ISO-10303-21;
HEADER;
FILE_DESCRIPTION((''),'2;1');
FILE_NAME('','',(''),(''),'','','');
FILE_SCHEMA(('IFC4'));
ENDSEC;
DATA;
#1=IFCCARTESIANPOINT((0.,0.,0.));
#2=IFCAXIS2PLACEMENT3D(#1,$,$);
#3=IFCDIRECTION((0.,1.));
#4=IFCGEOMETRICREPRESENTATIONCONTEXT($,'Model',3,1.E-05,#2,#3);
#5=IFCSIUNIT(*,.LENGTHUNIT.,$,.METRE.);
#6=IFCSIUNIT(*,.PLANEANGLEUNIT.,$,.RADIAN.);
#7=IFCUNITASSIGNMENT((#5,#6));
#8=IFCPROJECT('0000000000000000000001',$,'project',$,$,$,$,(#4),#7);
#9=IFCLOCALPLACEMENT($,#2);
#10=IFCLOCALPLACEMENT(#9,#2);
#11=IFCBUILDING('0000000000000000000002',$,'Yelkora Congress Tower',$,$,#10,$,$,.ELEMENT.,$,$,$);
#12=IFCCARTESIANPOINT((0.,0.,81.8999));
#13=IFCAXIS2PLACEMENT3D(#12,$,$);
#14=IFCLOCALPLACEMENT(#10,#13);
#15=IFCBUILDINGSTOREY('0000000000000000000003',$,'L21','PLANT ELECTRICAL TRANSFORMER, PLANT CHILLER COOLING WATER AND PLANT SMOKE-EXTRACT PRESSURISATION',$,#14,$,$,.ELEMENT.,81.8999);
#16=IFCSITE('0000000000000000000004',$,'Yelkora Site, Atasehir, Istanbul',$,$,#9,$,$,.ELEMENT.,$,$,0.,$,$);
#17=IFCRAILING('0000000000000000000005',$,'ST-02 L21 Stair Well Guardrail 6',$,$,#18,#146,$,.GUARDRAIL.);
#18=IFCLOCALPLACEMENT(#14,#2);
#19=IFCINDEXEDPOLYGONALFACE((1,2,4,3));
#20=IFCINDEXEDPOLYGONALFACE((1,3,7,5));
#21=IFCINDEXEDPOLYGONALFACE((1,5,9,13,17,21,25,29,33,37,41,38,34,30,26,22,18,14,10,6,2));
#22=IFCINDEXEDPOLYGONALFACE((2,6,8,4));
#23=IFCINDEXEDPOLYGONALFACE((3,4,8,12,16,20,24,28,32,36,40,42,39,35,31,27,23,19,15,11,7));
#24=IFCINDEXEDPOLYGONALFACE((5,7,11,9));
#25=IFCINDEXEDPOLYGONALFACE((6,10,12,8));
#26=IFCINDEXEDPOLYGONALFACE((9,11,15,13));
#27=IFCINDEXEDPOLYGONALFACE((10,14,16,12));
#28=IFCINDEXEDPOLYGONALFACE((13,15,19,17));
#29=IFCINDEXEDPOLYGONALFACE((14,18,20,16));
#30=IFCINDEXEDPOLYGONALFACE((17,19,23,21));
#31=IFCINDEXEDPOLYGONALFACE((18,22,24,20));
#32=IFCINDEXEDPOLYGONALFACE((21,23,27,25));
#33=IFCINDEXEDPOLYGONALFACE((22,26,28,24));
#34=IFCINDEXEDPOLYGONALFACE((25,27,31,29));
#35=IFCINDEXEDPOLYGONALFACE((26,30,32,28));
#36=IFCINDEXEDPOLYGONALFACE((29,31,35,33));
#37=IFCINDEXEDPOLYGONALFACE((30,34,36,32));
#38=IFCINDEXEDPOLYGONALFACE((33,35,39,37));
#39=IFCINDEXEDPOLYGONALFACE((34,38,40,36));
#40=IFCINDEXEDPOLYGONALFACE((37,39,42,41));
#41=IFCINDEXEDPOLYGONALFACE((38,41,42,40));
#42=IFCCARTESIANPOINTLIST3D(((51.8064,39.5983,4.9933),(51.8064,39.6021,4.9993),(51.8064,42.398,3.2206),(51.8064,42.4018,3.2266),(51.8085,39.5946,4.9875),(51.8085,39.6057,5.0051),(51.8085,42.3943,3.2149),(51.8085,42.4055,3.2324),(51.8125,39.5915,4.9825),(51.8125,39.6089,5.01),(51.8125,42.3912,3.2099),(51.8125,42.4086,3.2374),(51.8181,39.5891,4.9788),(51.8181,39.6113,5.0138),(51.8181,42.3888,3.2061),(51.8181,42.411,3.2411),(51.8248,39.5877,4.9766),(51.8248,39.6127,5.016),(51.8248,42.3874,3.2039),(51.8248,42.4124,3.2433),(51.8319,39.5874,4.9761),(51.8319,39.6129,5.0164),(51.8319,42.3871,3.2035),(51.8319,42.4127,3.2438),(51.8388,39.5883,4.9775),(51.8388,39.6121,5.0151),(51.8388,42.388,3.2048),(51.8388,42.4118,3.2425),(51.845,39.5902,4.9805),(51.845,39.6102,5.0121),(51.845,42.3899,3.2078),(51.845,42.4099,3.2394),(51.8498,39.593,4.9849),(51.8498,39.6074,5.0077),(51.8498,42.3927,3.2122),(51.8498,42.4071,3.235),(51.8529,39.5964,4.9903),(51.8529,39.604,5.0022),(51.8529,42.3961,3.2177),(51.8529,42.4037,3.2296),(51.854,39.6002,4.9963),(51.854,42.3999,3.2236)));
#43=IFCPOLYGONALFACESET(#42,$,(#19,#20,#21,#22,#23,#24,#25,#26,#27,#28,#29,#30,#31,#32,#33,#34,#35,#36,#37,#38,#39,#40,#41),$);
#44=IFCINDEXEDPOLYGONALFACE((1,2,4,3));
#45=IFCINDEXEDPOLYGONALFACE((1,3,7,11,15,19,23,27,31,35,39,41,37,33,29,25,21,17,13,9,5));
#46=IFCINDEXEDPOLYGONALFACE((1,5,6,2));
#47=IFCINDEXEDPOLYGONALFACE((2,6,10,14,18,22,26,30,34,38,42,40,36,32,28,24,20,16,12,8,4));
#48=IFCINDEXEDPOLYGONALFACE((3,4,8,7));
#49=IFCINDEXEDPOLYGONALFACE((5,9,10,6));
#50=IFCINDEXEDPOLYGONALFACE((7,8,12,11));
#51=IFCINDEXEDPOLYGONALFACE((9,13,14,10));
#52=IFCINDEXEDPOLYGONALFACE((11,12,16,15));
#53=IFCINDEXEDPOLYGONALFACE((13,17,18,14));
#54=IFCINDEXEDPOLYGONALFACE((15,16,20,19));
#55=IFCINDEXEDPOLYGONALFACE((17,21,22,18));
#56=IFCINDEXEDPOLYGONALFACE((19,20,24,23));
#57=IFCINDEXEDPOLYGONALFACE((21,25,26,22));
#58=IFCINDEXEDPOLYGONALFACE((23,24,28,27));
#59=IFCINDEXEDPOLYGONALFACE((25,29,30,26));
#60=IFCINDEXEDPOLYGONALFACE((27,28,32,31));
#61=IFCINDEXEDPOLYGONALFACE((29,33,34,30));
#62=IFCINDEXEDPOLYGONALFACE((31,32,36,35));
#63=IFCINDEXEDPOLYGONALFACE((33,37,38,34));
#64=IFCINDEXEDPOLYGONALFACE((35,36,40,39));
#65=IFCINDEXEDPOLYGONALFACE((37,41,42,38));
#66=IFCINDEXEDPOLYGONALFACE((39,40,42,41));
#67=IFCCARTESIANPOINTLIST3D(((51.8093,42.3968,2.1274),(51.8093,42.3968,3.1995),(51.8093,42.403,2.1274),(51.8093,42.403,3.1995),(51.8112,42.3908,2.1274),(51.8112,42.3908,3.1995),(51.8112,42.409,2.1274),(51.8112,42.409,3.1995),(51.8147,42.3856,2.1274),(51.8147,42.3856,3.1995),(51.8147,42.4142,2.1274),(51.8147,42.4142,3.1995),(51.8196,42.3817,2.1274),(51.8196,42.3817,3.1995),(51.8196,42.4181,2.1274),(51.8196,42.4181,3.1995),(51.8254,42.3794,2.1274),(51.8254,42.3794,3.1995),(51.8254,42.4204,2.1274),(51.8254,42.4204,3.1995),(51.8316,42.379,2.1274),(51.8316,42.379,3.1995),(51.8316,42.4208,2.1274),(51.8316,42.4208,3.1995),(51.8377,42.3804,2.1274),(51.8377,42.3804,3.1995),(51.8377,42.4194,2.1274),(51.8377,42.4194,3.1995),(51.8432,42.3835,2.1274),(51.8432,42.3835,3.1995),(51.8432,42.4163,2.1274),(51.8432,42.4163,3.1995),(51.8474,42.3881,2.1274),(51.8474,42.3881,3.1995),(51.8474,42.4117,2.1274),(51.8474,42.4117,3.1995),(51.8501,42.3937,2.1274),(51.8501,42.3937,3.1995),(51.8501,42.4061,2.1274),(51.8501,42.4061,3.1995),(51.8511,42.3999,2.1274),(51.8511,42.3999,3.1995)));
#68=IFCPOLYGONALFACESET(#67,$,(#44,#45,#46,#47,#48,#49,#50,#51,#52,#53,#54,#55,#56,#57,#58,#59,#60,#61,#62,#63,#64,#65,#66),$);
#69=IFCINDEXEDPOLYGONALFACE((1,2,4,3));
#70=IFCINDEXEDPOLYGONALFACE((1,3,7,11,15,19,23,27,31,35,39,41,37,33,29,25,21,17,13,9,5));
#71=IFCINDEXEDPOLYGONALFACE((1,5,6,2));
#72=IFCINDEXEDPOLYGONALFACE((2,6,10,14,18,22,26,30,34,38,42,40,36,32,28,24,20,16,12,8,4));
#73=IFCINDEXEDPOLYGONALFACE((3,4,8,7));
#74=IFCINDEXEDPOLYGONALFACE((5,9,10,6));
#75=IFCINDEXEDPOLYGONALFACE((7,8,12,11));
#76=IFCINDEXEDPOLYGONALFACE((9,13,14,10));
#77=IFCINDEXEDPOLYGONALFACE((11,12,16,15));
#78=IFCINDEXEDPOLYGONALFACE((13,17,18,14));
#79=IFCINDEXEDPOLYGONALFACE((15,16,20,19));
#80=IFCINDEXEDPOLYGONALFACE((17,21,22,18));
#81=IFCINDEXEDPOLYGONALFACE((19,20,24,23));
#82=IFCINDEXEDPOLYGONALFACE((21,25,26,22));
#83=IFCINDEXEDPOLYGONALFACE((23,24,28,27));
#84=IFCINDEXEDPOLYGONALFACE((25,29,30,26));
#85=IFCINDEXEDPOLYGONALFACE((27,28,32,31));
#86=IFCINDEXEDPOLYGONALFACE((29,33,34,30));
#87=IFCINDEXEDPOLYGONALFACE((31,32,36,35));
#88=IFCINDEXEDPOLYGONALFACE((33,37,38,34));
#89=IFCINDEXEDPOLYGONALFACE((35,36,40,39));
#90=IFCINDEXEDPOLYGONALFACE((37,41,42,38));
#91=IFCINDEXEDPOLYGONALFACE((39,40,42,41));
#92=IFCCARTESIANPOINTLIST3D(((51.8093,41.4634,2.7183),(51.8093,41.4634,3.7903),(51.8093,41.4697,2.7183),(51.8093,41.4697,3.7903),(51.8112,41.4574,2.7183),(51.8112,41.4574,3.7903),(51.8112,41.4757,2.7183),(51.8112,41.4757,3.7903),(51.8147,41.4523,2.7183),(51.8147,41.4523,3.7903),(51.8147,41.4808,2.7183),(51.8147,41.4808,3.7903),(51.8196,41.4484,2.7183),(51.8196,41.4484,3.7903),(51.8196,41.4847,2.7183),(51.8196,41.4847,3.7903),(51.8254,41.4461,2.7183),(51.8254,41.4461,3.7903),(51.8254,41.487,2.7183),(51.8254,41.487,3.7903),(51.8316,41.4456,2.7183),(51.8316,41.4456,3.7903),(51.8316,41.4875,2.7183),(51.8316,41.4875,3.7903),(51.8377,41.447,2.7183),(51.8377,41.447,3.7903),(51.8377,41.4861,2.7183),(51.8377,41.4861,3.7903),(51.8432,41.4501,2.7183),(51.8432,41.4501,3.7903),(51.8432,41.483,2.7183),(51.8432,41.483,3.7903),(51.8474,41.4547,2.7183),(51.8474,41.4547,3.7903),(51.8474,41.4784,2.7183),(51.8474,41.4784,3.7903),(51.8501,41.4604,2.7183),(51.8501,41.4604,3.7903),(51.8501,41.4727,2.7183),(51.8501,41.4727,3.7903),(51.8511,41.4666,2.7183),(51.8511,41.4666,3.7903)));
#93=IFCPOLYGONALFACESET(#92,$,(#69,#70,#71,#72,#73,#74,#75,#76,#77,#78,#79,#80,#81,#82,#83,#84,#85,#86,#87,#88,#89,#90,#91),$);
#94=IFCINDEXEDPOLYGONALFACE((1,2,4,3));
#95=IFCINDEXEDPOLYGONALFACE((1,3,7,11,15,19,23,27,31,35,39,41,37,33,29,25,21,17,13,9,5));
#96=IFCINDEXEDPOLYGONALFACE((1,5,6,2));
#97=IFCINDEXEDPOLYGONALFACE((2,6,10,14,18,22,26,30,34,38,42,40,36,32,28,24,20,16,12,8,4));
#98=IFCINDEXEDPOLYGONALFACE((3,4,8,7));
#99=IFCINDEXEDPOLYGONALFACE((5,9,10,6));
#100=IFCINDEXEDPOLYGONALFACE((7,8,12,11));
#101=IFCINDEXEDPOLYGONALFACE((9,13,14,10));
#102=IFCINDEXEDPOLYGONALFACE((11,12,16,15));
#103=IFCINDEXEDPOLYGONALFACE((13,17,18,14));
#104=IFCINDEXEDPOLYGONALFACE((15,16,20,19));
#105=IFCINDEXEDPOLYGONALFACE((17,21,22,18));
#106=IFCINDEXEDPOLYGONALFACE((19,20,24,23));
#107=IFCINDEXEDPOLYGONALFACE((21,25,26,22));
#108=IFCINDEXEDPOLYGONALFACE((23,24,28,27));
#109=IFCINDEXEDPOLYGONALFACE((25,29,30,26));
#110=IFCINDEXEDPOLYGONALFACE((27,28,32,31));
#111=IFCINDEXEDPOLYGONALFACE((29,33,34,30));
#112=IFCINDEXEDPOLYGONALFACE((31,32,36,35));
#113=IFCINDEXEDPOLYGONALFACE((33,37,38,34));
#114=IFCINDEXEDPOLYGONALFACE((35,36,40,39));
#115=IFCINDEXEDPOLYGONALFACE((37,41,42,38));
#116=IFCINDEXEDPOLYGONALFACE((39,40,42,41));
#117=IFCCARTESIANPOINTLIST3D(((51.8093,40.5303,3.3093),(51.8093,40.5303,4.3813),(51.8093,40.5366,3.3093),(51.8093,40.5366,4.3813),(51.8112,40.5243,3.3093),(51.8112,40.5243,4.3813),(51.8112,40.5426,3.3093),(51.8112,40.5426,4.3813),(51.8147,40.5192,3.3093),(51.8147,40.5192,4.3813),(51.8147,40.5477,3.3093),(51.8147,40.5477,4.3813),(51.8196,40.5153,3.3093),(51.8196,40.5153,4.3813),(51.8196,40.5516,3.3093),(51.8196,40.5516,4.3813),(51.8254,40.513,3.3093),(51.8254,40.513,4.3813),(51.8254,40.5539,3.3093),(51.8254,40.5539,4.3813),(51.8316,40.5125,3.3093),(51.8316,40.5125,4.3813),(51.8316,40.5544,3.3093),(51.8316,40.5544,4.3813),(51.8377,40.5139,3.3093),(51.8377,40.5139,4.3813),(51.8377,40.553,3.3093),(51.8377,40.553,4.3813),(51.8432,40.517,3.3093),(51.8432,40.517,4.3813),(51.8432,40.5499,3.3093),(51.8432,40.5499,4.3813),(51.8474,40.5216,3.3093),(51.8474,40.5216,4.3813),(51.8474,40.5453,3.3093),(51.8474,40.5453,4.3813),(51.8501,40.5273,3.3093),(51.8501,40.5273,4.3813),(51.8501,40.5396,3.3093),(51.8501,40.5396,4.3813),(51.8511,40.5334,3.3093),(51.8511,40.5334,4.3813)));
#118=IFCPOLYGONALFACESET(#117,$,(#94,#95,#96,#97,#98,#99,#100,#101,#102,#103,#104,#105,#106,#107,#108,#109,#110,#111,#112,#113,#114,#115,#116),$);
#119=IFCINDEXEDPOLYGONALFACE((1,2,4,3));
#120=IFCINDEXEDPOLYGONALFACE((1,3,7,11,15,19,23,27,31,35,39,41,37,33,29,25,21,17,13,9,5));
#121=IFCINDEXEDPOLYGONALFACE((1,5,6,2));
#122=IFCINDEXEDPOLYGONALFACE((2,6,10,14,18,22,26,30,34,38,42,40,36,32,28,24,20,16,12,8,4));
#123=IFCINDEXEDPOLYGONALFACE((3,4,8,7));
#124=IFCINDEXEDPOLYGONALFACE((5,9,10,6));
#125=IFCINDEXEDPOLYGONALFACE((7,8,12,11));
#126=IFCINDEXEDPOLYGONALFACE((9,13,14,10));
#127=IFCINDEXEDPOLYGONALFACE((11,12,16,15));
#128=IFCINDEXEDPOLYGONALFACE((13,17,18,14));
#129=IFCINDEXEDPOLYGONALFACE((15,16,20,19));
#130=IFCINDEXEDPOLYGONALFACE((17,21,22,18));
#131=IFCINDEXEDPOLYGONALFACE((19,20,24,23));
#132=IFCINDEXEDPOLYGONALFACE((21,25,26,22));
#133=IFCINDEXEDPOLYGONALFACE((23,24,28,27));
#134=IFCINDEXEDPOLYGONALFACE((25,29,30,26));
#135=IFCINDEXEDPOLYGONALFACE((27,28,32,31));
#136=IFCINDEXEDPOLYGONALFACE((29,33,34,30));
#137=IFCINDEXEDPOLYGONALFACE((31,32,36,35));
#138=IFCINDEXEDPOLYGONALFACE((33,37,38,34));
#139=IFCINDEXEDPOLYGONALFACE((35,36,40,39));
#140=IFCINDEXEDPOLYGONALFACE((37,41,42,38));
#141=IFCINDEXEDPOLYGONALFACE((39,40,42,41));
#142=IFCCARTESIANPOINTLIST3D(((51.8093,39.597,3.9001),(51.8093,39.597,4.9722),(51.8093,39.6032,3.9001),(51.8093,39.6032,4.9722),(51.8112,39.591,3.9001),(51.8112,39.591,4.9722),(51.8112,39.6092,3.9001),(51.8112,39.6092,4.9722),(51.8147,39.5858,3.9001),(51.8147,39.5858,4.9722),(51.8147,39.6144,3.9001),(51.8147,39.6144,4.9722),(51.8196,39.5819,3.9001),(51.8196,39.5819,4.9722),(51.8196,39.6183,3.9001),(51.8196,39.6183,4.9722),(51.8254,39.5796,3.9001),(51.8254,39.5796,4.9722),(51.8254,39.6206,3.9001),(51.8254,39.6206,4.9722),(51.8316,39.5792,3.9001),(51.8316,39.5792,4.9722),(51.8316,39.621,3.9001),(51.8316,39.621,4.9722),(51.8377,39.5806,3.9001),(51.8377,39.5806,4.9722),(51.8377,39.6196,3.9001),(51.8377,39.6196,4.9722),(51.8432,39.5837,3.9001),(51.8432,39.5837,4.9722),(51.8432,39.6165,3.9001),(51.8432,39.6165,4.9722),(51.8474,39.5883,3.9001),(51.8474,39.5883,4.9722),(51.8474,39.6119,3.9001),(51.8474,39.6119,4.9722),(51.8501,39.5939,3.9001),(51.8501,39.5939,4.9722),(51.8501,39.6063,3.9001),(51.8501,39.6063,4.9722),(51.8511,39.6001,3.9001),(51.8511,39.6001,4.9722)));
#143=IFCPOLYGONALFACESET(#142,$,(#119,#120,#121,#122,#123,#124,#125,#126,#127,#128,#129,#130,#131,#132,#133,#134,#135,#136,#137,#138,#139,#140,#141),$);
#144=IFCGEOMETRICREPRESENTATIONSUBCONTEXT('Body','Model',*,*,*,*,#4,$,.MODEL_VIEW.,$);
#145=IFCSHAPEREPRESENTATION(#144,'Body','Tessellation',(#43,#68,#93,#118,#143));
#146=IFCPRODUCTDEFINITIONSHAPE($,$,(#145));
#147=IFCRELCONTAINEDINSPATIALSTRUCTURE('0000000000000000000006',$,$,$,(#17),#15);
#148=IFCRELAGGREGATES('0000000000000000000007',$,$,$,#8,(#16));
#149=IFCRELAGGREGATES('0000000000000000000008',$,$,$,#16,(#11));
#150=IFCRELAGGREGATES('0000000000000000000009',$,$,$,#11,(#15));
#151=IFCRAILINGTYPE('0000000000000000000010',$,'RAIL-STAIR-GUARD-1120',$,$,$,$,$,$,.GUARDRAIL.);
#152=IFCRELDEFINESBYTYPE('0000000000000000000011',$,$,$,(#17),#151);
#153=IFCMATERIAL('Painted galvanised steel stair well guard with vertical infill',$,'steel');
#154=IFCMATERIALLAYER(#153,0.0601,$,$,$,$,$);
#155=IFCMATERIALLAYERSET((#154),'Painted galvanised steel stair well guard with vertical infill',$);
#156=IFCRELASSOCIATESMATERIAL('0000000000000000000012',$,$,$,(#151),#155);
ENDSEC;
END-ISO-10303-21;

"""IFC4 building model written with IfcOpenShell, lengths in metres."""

from ifc_helpers import new_model, si_unit, direction, frame, origin, origin_2d, place, context, subcontext, project, spatial, circle, extrude, material, layer, layer_set, type_object, element, save


model = new_model("IFC4")

# Units and contexts
model_context = context("Model", 3, precision=1e-05, world=origin(), true_north=direction((0.0, 1.0)))
body_context = subcontext(model_context, "Body", "Model", "MODEL_VIEW")
ifc_project = project(units=[si_unit("LENGTHUNIT", "METRE"), si_unit("PLANEANGLEUNIT", "RADIAN")], contexts=[model_context])

# Site, building, storey
site_placement = place(None, origin())
site = spatial("IfcSite", under=ifc_project, at=site_placement, Name="Yelkora Site, Atasehir, Istanbul", CompositionType="ELEMENT", RefElevation=0.0)
building_placement = place(site_placement, origin())
building = spatial("IfcBuilding", under=site, at=building_placement, Name="Yelkora Congress Tower", CompositionType="ELEMENT")
storey_placement = place(building_placement, frame((0.0, 0.0, 81.8999)))
storey = spatial("IfcBuildingStorey", under=building, at=storey_placement, Name="L21", Description="PLANT ELECTRICAL TRANSFORMER, PLANT CHILLER COOLING WATER AND PLANT SMOKE-EXTRACT PRESSURISATION", CompositionType="ELEMENT", Elevation=81.8999)

# Railing
ifc_material_1 = material(Name="Painted galvanised steel stair well guard with vertical infill", Category="steel")
ifc_layer_1 = layer(ifc_material_1, 0.0601)
ifc_layer_set_1 = layer_set([ifc_layer_1], Name="Painted galvanised steel stair well guard with vertical infill")
railing_type_1 = type_object("IfcRailingType", Name="RAIL-STAIR-GUARD-1120", PredefinedType="GUARDRAIL", material=ifc_layer_set_1)
railing_1_placement = place(storey_placement, frame((51.8301, 42.3999, 2.1274)))
element("IfcRailing", 1, at=railing_1_placement, inside=storey, type_object=railing_type_1, Name="ST-02 L21 Stair Well Guardrail 6", PredefinedType="GUARDRAIL", context=body_context, shape_type="SweptSolid", body=[
    extrude(circle(Radius=0.0239, at=origin_2d()), frame((0.0, 0.0, 1.0962), z_axis=(0.0, -0.844888, 0.534943), x_axis=(1.0, 0.0, 0.0)), (0.0, 0.0, 1.0), 3.3137),
    extrude(circle(Radius=0.021, at=origin_2d()), origin(), (0.0, 0.0, 1.0), 1.072),
    extrude(circle(Radius=0.021, at=origin_2d()), frame((0.0, -0.9333, 0.5908)), (0.0, 0.0, 1.0), 1.072),
    extrude(circle(Radius=0.021, at=origin_2d()), frame((0.0, -1.8665, 1.1819)), (0.0, 0.0, 1.0), 1.072),
    extrude(circle(Radius=0.021, at=origin_2d()), frame((0.0, -2.7998, 1.7727)), (0.0, 0.0, 1.0), 1.072),
])

save(model, "model.ifc")
